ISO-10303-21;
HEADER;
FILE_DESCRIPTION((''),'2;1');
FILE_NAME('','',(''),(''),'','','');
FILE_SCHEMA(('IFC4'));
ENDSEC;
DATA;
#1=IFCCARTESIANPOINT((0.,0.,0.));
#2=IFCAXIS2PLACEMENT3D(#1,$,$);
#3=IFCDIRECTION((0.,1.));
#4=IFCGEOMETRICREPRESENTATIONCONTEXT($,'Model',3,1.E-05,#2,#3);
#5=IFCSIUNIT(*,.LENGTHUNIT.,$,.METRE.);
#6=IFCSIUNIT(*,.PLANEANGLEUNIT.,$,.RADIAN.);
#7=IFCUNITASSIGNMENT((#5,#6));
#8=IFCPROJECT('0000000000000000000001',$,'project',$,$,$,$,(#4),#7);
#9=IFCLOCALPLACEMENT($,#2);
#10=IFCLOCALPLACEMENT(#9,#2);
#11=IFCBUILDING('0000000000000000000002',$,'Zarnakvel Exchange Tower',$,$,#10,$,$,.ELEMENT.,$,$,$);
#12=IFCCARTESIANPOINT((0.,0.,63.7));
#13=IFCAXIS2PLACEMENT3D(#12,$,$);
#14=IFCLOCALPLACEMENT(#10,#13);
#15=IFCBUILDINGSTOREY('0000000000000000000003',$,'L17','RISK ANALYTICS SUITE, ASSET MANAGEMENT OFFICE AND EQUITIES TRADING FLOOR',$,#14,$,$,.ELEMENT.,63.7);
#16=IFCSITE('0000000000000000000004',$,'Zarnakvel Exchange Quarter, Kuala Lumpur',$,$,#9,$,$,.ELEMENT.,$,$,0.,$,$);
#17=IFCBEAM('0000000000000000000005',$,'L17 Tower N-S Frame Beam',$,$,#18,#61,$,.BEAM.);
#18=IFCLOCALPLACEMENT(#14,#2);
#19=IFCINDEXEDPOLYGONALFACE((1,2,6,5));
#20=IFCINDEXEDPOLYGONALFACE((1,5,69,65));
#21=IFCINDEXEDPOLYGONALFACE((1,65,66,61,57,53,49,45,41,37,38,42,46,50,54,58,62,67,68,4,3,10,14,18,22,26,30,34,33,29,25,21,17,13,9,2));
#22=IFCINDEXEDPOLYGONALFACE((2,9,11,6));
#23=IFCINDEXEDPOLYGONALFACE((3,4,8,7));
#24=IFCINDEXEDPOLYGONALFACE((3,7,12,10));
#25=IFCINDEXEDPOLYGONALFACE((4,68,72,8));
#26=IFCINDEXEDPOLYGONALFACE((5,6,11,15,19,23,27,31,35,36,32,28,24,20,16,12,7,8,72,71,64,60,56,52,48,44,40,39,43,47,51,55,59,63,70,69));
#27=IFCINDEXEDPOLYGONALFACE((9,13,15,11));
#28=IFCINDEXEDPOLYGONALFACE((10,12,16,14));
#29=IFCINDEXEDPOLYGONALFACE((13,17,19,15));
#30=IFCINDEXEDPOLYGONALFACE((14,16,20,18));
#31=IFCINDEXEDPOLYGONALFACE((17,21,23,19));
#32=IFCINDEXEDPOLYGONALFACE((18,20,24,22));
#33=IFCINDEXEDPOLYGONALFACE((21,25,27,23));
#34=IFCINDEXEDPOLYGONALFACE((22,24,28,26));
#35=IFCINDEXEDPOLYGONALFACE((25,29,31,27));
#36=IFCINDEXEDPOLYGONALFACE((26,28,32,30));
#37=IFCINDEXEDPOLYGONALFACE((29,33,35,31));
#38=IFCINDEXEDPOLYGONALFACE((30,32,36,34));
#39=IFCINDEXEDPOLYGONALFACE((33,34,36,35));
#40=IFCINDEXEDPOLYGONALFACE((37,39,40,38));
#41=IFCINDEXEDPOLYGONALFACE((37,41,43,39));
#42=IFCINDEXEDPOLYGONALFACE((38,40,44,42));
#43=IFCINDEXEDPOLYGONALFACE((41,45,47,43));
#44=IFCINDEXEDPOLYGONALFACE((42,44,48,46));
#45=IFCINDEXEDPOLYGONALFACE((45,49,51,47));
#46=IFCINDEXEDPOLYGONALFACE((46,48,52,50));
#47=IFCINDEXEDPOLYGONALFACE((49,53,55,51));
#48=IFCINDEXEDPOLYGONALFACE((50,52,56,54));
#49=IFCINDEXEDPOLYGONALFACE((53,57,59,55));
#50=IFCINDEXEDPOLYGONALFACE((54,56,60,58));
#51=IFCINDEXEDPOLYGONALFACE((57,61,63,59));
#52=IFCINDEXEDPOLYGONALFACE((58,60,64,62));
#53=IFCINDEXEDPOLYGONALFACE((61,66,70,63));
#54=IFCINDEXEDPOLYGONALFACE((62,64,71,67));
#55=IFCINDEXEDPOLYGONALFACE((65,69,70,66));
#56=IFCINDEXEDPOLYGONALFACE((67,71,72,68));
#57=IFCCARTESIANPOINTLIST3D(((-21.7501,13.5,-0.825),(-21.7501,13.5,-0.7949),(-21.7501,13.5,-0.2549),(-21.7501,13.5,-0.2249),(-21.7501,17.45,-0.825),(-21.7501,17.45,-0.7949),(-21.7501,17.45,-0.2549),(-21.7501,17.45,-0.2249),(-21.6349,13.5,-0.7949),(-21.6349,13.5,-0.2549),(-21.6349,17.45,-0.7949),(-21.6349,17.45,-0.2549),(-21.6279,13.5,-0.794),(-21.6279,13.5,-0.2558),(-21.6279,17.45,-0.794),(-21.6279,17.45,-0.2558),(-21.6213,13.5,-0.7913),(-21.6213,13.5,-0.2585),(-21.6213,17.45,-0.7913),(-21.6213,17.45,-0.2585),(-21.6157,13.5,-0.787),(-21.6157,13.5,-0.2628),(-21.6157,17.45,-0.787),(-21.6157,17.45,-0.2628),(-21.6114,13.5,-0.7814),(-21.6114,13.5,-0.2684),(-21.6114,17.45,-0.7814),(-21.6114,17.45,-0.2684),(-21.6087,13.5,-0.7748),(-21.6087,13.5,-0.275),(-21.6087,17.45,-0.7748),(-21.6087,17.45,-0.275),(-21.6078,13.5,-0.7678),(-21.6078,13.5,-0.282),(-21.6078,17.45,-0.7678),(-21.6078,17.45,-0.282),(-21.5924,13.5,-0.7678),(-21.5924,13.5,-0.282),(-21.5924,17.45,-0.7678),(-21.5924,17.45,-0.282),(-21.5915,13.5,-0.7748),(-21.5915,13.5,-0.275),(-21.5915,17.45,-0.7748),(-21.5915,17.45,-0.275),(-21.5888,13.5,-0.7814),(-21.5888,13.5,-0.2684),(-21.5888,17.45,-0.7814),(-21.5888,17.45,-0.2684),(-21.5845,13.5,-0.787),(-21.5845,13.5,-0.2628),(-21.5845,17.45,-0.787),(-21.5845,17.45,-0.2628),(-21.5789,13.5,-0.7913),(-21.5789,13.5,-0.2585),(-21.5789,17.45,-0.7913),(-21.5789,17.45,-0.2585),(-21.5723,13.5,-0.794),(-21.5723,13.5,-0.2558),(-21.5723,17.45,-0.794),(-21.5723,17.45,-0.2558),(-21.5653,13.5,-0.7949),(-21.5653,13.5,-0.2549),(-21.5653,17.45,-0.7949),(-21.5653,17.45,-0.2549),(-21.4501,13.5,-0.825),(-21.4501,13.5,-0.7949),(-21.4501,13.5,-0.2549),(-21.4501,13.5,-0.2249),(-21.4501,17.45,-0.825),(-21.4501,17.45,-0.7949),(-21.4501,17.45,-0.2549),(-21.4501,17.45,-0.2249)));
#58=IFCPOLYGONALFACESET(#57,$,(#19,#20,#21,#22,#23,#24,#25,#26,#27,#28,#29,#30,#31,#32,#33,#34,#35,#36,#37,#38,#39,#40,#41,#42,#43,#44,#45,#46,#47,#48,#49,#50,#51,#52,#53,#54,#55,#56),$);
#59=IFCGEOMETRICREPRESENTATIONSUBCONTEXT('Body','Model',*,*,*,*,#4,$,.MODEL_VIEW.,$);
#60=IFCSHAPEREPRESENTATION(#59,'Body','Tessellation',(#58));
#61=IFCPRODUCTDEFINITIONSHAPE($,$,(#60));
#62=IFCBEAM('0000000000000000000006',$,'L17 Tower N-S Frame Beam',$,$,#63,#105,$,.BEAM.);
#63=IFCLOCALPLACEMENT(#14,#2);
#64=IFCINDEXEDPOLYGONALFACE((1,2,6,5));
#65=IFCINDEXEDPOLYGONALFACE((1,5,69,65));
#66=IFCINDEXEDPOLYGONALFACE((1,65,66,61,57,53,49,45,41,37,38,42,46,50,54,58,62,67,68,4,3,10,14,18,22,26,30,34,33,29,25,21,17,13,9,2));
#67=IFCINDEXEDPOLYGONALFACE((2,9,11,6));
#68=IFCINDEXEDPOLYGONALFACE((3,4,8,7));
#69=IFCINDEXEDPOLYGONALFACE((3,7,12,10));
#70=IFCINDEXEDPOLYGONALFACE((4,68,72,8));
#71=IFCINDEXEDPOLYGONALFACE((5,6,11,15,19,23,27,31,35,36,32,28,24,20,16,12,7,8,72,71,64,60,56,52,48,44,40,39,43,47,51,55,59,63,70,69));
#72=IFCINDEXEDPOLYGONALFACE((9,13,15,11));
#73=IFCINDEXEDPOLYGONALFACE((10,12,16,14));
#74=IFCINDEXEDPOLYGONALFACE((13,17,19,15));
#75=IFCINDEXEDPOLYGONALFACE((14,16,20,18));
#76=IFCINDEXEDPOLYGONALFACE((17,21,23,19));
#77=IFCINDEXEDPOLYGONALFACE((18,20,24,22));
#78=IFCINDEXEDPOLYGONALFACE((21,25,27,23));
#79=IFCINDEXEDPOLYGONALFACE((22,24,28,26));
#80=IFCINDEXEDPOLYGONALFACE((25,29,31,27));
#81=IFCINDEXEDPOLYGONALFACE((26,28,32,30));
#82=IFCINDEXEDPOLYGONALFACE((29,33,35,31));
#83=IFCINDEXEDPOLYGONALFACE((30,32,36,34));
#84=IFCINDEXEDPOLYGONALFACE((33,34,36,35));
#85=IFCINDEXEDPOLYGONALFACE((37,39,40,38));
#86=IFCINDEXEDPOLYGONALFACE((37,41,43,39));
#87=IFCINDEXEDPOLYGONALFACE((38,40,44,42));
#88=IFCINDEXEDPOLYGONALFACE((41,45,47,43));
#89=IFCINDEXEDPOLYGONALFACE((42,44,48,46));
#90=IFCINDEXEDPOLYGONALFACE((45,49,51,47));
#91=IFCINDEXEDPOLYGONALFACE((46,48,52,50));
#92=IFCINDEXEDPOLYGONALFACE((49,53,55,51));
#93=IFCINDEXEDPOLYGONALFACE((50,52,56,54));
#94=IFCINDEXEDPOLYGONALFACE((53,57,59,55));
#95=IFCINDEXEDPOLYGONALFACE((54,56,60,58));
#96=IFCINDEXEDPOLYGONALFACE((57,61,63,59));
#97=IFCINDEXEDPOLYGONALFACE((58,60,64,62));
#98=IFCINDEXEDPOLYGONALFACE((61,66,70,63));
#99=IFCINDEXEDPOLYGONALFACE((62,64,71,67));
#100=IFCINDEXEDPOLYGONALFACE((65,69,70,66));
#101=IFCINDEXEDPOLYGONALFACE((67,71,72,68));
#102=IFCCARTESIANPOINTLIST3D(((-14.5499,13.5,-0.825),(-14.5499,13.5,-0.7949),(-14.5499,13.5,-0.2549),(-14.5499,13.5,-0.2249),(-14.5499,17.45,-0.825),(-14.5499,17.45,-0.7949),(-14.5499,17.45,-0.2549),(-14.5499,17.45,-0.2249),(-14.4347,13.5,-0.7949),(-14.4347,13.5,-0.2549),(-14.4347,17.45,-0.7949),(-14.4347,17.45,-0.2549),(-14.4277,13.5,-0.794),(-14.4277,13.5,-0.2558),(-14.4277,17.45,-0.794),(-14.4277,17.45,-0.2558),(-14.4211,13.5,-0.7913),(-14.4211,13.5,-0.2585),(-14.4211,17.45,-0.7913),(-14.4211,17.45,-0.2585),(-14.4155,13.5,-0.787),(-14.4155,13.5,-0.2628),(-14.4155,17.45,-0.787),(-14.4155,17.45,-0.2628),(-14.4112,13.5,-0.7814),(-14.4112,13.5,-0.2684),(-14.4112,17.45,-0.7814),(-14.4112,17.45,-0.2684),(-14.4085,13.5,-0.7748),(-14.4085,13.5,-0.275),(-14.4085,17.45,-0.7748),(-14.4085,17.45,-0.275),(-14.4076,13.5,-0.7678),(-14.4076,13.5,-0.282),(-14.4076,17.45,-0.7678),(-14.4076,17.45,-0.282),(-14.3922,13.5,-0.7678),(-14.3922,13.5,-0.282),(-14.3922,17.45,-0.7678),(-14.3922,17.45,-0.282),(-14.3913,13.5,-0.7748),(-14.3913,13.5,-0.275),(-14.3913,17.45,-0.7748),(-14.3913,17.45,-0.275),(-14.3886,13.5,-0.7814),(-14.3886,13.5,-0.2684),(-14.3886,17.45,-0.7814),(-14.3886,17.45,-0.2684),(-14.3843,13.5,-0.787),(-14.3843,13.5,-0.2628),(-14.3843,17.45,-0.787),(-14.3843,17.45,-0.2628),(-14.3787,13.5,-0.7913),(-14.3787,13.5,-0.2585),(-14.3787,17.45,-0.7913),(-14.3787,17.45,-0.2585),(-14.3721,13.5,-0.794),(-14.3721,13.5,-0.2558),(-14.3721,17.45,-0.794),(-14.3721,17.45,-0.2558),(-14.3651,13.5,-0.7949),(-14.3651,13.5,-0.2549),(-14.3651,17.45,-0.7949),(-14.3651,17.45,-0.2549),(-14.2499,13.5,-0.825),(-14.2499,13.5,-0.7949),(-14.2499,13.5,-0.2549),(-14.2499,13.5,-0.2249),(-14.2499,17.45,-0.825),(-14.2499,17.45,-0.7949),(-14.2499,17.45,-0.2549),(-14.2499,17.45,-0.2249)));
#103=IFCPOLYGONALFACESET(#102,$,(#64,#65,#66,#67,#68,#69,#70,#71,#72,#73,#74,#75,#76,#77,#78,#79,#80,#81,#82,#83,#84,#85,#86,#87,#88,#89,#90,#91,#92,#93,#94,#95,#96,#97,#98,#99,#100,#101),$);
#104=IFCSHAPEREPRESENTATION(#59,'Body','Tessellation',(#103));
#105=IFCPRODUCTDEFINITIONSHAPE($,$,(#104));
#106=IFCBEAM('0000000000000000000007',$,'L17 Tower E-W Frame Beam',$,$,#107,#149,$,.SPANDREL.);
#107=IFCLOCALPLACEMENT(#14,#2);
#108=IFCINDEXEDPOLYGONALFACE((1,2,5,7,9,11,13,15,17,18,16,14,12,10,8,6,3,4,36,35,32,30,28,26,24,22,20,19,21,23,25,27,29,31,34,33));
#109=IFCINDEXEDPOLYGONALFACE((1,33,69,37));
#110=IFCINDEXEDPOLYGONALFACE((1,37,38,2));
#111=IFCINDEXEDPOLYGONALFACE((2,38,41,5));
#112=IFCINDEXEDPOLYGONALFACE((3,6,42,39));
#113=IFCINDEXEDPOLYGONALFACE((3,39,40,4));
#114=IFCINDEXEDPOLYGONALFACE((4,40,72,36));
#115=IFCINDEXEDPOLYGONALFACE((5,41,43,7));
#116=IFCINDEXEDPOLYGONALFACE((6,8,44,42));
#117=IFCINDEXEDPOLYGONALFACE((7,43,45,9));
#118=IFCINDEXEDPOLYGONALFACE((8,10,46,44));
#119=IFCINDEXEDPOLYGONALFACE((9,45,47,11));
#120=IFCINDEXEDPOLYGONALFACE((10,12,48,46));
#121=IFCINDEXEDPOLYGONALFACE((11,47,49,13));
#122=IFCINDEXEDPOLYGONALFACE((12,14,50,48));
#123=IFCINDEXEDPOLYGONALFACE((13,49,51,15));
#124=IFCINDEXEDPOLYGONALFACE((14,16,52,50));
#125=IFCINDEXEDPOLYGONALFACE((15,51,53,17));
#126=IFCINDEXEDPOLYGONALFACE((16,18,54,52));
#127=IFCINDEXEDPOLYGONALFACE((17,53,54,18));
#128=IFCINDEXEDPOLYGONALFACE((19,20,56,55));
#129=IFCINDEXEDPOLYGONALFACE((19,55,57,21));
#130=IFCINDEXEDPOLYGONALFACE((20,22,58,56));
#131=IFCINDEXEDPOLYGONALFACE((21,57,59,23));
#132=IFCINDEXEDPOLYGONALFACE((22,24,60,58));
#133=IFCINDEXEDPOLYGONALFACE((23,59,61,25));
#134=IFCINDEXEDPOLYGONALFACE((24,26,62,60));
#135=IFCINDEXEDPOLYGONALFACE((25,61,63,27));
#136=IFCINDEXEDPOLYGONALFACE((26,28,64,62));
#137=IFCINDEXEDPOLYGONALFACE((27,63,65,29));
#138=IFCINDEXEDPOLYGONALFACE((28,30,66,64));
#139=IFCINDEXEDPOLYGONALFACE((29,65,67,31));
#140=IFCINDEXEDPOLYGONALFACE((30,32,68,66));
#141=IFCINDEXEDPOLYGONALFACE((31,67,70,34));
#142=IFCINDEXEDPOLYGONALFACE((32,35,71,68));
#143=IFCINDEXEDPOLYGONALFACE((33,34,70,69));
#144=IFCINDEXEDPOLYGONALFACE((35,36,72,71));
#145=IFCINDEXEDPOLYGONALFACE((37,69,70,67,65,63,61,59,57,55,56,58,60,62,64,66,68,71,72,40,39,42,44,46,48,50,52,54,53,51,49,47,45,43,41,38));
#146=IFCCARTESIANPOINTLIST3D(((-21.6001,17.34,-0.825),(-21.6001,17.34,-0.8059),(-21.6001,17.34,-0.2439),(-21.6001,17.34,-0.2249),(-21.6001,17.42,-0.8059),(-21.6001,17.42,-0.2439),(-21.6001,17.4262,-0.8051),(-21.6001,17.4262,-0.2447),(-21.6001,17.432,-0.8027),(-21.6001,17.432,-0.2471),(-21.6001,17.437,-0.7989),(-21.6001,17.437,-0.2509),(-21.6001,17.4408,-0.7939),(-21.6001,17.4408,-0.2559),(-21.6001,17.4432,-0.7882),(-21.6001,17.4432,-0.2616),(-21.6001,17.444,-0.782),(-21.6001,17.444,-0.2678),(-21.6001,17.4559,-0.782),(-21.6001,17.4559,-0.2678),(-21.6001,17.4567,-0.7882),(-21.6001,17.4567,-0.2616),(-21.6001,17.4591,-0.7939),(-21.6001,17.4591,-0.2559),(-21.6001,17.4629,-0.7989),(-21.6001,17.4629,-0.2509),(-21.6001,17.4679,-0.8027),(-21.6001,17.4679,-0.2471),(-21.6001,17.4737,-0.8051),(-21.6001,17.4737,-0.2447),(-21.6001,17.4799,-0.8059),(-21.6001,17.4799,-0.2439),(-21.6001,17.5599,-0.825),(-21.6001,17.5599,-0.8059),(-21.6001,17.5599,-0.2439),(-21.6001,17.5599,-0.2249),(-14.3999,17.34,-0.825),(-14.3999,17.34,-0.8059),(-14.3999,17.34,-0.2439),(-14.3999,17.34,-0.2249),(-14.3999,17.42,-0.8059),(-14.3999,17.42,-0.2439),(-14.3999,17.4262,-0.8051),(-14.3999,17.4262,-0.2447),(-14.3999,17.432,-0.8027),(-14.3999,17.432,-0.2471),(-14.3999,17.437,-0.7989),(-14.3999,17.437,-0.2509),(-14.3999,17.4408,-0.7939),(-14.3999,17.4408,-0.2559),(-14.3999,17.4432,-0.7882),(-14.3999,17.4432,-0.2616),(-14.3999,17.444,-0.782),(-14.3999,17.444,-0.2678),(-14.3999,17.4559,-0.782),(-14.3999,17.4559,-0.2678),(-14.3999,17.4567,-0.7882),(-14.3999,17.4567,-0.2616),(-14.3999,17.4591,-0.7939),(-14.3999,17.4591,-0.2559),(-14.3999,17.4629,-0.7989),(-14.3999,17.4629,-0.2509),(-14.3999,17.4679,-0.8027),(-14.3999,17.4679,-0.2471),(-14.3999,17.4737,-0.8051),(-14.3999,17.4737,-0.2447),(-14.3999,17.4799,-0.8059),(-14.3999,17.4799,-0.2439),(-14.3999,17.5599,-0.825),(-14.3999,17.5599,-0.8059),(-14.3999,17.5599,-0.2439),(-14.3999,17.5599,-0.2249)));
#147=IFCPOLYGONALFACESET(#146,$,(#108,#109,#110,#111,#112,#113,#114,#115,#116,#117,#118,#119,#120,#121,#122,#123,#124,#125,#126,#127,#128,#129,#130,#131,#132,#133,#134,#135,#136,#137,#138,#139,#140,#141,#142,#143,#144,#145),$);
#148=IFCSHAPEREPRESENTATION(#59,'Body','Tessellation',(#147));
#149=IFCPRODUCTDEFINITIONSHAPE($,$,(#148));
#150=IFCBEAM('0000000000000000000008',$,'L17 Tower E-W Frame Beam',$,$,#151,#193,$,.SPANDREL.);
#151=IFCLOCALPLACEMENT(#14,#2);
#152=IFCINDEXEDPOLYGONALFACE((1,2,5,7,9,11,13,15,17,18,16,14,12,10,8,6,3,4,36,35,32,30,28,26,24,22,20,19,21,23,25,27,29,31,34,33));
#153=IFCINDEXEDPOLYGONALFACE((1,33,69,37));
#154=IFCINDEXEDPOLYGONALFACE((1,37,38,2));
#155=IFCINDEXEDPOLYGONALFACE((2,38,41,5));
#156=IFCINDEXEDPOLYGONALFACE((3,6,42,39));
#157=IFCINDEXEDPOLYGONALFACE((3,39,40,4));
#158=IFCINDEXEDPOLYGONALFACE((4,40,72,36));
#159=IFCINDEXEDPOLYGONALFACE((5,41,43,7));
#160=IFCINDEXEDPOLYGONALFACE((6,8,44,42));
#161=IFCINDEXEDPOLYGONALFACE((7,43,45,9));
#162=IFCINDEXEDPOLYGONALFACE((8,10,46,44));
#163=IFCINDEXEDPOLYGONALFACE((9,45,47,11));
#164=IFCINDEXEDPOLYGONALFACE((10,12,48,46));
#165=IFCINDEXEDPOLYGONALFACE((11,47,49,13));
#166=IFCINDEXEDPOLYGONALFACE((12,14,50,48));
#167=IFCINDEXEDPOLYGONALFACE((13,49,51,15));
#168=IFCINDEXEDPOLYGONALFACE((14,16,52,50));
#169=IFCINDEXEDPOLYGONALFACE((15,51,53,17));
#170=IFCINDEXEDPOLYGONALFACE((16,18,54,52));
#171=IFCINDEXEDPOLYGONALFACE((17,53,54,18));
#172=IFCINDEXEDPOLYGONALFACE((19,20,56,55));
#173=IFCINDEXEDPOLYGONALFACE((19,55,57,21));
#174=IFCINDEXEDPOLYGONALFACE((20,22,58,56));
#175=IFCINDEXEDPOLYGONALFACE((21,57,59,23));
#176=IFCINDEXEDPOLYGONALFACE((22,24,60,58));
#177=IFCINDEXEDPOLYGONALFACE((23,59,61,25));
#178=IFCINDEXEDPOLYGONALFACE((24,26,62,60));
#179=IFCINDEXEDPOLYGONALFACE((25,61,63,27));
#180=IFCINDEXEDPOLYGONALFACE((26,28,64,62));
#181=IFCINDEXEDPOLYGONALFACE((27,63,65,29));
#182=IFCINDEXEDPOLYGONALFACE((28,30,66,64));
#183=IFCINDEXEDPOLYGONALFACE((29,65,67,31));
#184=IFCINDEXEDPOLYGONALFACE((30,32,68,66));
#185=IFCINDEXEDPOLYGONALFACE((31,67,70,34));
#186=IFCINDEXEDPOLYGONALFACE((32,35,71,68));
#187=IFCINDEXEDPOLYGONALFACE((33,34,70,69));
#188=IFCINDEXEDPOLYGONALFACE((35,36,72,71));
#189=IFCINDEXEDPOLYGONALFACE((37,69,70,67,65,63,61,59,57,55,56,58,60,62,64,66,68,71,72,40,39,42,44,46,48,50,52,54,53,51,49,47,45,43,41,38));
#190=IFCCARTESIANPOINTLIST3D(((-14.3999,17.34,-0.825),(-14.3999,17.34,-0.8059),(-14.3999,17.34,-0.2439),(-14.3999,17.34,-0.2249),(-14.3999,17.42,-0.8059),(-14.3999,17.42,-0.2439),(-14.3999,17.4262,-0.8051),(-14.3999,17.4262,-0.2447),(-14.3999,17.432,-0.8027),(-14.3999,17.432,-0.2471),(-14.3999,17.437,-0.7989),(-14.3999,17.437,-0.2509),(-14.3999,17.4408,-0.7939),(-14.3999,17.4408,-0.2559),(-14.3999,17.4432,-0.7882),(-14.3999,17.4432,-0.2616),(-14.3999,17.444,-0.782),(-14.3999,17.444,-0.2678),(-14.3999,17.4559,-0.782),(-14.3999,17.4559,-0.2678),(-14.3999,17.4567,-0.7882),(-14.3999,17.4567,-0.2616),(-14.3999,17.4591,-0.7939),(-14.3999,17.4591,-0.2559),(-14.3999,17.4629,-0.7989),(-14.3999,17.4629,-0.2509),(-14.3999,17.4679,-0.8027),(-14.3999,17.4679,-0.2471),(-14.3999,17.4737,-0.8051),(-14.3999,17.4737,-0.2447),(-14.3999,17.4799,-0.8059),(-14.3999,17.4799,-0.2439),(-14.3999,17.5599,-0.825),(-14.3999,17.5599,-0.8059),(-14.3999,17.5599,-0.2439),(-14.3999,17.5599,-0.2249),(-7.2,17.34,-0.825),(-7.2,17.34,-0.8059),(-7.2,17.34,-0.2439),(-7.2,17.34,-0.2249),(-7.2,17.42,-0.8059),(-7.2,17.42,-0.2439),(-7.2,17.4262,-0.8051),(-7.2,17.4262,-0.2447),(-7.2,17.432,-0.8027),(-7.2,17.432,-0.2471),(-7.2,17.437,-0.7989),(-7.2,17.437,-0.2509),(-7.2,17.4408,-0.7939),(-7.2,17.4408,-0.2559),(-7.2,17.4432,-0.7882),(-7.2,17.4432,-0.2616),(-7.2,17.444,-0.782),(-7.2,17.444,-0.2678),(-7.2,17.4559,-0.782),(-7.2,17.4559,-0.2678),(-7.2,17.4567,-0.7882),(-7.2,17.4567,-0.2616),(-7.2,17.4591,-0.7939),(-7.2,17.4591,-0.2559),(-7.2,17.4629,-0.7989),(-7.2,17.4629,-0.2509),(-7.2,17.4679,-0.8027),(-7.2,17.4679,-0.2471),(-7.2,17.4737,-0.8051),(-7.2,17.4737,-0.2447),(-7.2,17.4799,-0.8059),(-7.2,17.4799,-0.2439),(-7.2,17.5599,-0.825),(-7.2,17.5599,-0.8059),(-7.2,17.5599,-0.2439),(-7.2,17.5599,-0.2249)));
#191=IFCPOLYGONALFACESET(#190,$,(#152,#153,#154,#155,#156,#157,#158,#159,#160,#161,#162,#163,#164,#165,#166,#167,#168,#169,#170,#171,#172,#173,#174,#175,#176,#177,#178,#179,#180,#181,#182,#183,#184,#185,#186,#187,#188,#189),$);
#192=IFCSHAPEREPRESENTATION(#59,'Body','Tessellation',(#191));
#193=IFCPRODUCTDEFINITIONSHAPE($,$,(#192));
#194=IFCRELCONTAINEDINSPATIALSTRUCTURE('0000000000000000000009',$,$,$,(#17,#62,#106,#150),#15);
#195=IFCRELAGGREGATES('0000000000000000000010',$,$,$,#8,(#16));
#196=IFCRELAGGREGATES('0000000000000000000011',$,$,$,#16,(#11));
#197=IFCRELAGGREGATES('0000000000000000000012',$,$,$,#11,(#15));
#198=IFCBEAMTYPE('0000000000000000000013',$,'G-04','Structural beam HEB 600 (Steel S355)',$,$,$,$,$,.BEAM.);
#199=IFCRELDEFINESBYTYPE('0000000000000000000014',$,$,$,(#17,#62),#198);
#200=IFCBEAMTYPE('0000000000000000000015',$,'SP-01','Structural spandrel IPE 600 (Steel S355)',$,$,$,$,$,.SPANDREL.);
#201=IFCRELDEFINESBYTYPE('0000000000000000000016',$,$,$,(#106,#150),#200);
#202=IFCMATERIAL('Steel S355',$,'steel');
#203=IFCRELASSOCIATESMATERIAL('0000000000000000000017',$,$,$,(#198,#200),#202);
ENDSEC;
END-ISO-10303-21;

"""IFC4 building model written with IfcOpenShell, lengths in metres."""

from ifc_helpers import new_model, si_unit, direction, frame, origin, origin_2d, place, context, subcontext, project, spatial, i_section, extrude, material, material_profile, profile_set, type_object, element, save


model = new_model("IFC4")

# Units and contexts
model_context = context("Model", 3, precision=1e-05, world=origin(), true_north=direction((0.0, 1.0)))
body_context = subcontext(model_context, "Body", "Model", "MODEL_VIEW")
ifc_project = project(units=[si_unit("LENGTHUNIT", "METRE"), si_unit("PLANEANGLEUNIT", "RADIAN")], contexts=[model_context])

# Site, building, storey
site_placement = place(None, origin())
site = spatial("IfcSite", under=ifc_project, at=site_placement, Name="Zarnakvel Exchange Quarter, Kuala Lumpur", CompositionType="ELEMENT", RefElevation=0.0)
building_placement = place(site_placement, origin())
building = spatial("IfcBuilding", under=site, at=building_placement, Name="Zarnakvel Exchange Tower", CompositionType="ELEMENT")
storey_placement = place(building_placement, frame((0.0, 0.0, 63.7)))
storey = spatial("IfcBuildingStorey", under=building, at=storey_placement, Name="L17", Description="RISK ANALYTICS SUITE, ASSET MANAGEMENT OFFICE AND EQUITIES TRADING FLOOR", CompositionType="ELEMENT", Elevation=63.7)

# Beams
ifc_material_1 = material(Name="Steel S355", Category="steel")
ifc_material_profile_1 = material_profile(ifc_material_1, i_section(OverallWidth=0.3, OverallDepth=0.6001, WebThickness=0.0154, FlangeThickness=0.03, FilletRadius=0.0271, at=origin_2d()))
ifc_profile_set_1 = profile_set([ifc_material_profile_1], Name="Steel S355")
beam_type_1 = type_object("IfcBeamType", Name="G-04", Description="Structural beam HEB 600 (Steel S355)", PredefinedType="BEAM", material=ifc_profile_set_1)
for number, where, z_axis, x_axis, name in (
    (1, (-21.6001, 13.5, -0.5249), (0.0, 1.0, 0.0), (-1.0, 0.0, 0.0), "L17 Tower N-S Frame Beam"),
    (2, (-14.3999, 13.5, -0.5249), (0.0, 1.0, 0.0), (-1.0, 0.0, 0.0), "L17 Tower N-S Frame Beam"),
):
    element("IfcBeam", number, at=place(storey_placement, frame(where, z_axis=z_axis, x_axis=x_axis)), inside=storey, type_object=beam_type_1, Name=name, PredefinedType="BEAM", context=body_context, shape_type="SweptSolid", body=[
        extrude(i_section(OverallWidth=0.3, OverallDepth=0.6001, WebThickness=0.0154, FlangeThickness=0.03, FilletRadius=0.0271, at=origin_2d()), origin(), (0.0, 0.0, 1.0), 3.95),
    ])
ifc_material_profile_2 = material_profile(ifc_material_1, i_section(OverallWidth=0.22, OverallDepth=0.6001, WebThickness=0.012, FlangeThickness=0.019, FilletRadius=0.0239, at=origin_2d()))
ifc_profile_set_2 = profile_set([ifc_material_profile_2], Name="Steel S355")
beam_type_2 = type_object("IfcBeamType", Name="SP-01", Description="Structural spandrel IPE 600 (Steel S355)", PredefinedType="SPANDREL", material=ifc_profile_set_2)
beam_1_placement = place(storey_placement, frame((-21.6001, 17.45, -0.5249), z_axis=(1.0, 0.0, 0.0), x_axis=(0.0, 1.0, 0.0)))
element("IfcBeam", 3, at=beam_1_placement, inside=storey, type_object=beam_type_2, Name="L17 Tower E-W Frame Beam", PredefinedType="SPANDREL", context=body_context, shape_type="SweptSolid", body=[
    extrude(i_section(OverallWidth=0.22, OverallDepth=0.6001, WebThickness=0.012, FlangeThickness=0.019, FilletRadius=0.0239, at=origin_2d()), origin(), (0.0, 0.0, 1.0), 7.2002),
])
beam_2_placement = place(storey_placement, frame((-14.3999, 17.45, -0.5249), z_axis=(1.0, 0.0, 0.0), x_axis=(0.0, 1.0, 0.0)))
element("IfcBeam", 4, at=beam_2_placement, inside=storey, type_object=beam_type_2, Name="L17 Tower E-W Frame Beam", PredefinedType="SPANDREL", context=body_context, shape_type="SweptSolid", body=[
    extrude(i_section(OverallWidth=0.22, OverallDepth=0.6001, WebThickness=0.012, FlangeThickness=0.019, FilletRadius=0.0239, at=origin_2d()), origin(), (0.0, 0.0, 1.0), 7.2),
])

save(model, "model.ifc")
